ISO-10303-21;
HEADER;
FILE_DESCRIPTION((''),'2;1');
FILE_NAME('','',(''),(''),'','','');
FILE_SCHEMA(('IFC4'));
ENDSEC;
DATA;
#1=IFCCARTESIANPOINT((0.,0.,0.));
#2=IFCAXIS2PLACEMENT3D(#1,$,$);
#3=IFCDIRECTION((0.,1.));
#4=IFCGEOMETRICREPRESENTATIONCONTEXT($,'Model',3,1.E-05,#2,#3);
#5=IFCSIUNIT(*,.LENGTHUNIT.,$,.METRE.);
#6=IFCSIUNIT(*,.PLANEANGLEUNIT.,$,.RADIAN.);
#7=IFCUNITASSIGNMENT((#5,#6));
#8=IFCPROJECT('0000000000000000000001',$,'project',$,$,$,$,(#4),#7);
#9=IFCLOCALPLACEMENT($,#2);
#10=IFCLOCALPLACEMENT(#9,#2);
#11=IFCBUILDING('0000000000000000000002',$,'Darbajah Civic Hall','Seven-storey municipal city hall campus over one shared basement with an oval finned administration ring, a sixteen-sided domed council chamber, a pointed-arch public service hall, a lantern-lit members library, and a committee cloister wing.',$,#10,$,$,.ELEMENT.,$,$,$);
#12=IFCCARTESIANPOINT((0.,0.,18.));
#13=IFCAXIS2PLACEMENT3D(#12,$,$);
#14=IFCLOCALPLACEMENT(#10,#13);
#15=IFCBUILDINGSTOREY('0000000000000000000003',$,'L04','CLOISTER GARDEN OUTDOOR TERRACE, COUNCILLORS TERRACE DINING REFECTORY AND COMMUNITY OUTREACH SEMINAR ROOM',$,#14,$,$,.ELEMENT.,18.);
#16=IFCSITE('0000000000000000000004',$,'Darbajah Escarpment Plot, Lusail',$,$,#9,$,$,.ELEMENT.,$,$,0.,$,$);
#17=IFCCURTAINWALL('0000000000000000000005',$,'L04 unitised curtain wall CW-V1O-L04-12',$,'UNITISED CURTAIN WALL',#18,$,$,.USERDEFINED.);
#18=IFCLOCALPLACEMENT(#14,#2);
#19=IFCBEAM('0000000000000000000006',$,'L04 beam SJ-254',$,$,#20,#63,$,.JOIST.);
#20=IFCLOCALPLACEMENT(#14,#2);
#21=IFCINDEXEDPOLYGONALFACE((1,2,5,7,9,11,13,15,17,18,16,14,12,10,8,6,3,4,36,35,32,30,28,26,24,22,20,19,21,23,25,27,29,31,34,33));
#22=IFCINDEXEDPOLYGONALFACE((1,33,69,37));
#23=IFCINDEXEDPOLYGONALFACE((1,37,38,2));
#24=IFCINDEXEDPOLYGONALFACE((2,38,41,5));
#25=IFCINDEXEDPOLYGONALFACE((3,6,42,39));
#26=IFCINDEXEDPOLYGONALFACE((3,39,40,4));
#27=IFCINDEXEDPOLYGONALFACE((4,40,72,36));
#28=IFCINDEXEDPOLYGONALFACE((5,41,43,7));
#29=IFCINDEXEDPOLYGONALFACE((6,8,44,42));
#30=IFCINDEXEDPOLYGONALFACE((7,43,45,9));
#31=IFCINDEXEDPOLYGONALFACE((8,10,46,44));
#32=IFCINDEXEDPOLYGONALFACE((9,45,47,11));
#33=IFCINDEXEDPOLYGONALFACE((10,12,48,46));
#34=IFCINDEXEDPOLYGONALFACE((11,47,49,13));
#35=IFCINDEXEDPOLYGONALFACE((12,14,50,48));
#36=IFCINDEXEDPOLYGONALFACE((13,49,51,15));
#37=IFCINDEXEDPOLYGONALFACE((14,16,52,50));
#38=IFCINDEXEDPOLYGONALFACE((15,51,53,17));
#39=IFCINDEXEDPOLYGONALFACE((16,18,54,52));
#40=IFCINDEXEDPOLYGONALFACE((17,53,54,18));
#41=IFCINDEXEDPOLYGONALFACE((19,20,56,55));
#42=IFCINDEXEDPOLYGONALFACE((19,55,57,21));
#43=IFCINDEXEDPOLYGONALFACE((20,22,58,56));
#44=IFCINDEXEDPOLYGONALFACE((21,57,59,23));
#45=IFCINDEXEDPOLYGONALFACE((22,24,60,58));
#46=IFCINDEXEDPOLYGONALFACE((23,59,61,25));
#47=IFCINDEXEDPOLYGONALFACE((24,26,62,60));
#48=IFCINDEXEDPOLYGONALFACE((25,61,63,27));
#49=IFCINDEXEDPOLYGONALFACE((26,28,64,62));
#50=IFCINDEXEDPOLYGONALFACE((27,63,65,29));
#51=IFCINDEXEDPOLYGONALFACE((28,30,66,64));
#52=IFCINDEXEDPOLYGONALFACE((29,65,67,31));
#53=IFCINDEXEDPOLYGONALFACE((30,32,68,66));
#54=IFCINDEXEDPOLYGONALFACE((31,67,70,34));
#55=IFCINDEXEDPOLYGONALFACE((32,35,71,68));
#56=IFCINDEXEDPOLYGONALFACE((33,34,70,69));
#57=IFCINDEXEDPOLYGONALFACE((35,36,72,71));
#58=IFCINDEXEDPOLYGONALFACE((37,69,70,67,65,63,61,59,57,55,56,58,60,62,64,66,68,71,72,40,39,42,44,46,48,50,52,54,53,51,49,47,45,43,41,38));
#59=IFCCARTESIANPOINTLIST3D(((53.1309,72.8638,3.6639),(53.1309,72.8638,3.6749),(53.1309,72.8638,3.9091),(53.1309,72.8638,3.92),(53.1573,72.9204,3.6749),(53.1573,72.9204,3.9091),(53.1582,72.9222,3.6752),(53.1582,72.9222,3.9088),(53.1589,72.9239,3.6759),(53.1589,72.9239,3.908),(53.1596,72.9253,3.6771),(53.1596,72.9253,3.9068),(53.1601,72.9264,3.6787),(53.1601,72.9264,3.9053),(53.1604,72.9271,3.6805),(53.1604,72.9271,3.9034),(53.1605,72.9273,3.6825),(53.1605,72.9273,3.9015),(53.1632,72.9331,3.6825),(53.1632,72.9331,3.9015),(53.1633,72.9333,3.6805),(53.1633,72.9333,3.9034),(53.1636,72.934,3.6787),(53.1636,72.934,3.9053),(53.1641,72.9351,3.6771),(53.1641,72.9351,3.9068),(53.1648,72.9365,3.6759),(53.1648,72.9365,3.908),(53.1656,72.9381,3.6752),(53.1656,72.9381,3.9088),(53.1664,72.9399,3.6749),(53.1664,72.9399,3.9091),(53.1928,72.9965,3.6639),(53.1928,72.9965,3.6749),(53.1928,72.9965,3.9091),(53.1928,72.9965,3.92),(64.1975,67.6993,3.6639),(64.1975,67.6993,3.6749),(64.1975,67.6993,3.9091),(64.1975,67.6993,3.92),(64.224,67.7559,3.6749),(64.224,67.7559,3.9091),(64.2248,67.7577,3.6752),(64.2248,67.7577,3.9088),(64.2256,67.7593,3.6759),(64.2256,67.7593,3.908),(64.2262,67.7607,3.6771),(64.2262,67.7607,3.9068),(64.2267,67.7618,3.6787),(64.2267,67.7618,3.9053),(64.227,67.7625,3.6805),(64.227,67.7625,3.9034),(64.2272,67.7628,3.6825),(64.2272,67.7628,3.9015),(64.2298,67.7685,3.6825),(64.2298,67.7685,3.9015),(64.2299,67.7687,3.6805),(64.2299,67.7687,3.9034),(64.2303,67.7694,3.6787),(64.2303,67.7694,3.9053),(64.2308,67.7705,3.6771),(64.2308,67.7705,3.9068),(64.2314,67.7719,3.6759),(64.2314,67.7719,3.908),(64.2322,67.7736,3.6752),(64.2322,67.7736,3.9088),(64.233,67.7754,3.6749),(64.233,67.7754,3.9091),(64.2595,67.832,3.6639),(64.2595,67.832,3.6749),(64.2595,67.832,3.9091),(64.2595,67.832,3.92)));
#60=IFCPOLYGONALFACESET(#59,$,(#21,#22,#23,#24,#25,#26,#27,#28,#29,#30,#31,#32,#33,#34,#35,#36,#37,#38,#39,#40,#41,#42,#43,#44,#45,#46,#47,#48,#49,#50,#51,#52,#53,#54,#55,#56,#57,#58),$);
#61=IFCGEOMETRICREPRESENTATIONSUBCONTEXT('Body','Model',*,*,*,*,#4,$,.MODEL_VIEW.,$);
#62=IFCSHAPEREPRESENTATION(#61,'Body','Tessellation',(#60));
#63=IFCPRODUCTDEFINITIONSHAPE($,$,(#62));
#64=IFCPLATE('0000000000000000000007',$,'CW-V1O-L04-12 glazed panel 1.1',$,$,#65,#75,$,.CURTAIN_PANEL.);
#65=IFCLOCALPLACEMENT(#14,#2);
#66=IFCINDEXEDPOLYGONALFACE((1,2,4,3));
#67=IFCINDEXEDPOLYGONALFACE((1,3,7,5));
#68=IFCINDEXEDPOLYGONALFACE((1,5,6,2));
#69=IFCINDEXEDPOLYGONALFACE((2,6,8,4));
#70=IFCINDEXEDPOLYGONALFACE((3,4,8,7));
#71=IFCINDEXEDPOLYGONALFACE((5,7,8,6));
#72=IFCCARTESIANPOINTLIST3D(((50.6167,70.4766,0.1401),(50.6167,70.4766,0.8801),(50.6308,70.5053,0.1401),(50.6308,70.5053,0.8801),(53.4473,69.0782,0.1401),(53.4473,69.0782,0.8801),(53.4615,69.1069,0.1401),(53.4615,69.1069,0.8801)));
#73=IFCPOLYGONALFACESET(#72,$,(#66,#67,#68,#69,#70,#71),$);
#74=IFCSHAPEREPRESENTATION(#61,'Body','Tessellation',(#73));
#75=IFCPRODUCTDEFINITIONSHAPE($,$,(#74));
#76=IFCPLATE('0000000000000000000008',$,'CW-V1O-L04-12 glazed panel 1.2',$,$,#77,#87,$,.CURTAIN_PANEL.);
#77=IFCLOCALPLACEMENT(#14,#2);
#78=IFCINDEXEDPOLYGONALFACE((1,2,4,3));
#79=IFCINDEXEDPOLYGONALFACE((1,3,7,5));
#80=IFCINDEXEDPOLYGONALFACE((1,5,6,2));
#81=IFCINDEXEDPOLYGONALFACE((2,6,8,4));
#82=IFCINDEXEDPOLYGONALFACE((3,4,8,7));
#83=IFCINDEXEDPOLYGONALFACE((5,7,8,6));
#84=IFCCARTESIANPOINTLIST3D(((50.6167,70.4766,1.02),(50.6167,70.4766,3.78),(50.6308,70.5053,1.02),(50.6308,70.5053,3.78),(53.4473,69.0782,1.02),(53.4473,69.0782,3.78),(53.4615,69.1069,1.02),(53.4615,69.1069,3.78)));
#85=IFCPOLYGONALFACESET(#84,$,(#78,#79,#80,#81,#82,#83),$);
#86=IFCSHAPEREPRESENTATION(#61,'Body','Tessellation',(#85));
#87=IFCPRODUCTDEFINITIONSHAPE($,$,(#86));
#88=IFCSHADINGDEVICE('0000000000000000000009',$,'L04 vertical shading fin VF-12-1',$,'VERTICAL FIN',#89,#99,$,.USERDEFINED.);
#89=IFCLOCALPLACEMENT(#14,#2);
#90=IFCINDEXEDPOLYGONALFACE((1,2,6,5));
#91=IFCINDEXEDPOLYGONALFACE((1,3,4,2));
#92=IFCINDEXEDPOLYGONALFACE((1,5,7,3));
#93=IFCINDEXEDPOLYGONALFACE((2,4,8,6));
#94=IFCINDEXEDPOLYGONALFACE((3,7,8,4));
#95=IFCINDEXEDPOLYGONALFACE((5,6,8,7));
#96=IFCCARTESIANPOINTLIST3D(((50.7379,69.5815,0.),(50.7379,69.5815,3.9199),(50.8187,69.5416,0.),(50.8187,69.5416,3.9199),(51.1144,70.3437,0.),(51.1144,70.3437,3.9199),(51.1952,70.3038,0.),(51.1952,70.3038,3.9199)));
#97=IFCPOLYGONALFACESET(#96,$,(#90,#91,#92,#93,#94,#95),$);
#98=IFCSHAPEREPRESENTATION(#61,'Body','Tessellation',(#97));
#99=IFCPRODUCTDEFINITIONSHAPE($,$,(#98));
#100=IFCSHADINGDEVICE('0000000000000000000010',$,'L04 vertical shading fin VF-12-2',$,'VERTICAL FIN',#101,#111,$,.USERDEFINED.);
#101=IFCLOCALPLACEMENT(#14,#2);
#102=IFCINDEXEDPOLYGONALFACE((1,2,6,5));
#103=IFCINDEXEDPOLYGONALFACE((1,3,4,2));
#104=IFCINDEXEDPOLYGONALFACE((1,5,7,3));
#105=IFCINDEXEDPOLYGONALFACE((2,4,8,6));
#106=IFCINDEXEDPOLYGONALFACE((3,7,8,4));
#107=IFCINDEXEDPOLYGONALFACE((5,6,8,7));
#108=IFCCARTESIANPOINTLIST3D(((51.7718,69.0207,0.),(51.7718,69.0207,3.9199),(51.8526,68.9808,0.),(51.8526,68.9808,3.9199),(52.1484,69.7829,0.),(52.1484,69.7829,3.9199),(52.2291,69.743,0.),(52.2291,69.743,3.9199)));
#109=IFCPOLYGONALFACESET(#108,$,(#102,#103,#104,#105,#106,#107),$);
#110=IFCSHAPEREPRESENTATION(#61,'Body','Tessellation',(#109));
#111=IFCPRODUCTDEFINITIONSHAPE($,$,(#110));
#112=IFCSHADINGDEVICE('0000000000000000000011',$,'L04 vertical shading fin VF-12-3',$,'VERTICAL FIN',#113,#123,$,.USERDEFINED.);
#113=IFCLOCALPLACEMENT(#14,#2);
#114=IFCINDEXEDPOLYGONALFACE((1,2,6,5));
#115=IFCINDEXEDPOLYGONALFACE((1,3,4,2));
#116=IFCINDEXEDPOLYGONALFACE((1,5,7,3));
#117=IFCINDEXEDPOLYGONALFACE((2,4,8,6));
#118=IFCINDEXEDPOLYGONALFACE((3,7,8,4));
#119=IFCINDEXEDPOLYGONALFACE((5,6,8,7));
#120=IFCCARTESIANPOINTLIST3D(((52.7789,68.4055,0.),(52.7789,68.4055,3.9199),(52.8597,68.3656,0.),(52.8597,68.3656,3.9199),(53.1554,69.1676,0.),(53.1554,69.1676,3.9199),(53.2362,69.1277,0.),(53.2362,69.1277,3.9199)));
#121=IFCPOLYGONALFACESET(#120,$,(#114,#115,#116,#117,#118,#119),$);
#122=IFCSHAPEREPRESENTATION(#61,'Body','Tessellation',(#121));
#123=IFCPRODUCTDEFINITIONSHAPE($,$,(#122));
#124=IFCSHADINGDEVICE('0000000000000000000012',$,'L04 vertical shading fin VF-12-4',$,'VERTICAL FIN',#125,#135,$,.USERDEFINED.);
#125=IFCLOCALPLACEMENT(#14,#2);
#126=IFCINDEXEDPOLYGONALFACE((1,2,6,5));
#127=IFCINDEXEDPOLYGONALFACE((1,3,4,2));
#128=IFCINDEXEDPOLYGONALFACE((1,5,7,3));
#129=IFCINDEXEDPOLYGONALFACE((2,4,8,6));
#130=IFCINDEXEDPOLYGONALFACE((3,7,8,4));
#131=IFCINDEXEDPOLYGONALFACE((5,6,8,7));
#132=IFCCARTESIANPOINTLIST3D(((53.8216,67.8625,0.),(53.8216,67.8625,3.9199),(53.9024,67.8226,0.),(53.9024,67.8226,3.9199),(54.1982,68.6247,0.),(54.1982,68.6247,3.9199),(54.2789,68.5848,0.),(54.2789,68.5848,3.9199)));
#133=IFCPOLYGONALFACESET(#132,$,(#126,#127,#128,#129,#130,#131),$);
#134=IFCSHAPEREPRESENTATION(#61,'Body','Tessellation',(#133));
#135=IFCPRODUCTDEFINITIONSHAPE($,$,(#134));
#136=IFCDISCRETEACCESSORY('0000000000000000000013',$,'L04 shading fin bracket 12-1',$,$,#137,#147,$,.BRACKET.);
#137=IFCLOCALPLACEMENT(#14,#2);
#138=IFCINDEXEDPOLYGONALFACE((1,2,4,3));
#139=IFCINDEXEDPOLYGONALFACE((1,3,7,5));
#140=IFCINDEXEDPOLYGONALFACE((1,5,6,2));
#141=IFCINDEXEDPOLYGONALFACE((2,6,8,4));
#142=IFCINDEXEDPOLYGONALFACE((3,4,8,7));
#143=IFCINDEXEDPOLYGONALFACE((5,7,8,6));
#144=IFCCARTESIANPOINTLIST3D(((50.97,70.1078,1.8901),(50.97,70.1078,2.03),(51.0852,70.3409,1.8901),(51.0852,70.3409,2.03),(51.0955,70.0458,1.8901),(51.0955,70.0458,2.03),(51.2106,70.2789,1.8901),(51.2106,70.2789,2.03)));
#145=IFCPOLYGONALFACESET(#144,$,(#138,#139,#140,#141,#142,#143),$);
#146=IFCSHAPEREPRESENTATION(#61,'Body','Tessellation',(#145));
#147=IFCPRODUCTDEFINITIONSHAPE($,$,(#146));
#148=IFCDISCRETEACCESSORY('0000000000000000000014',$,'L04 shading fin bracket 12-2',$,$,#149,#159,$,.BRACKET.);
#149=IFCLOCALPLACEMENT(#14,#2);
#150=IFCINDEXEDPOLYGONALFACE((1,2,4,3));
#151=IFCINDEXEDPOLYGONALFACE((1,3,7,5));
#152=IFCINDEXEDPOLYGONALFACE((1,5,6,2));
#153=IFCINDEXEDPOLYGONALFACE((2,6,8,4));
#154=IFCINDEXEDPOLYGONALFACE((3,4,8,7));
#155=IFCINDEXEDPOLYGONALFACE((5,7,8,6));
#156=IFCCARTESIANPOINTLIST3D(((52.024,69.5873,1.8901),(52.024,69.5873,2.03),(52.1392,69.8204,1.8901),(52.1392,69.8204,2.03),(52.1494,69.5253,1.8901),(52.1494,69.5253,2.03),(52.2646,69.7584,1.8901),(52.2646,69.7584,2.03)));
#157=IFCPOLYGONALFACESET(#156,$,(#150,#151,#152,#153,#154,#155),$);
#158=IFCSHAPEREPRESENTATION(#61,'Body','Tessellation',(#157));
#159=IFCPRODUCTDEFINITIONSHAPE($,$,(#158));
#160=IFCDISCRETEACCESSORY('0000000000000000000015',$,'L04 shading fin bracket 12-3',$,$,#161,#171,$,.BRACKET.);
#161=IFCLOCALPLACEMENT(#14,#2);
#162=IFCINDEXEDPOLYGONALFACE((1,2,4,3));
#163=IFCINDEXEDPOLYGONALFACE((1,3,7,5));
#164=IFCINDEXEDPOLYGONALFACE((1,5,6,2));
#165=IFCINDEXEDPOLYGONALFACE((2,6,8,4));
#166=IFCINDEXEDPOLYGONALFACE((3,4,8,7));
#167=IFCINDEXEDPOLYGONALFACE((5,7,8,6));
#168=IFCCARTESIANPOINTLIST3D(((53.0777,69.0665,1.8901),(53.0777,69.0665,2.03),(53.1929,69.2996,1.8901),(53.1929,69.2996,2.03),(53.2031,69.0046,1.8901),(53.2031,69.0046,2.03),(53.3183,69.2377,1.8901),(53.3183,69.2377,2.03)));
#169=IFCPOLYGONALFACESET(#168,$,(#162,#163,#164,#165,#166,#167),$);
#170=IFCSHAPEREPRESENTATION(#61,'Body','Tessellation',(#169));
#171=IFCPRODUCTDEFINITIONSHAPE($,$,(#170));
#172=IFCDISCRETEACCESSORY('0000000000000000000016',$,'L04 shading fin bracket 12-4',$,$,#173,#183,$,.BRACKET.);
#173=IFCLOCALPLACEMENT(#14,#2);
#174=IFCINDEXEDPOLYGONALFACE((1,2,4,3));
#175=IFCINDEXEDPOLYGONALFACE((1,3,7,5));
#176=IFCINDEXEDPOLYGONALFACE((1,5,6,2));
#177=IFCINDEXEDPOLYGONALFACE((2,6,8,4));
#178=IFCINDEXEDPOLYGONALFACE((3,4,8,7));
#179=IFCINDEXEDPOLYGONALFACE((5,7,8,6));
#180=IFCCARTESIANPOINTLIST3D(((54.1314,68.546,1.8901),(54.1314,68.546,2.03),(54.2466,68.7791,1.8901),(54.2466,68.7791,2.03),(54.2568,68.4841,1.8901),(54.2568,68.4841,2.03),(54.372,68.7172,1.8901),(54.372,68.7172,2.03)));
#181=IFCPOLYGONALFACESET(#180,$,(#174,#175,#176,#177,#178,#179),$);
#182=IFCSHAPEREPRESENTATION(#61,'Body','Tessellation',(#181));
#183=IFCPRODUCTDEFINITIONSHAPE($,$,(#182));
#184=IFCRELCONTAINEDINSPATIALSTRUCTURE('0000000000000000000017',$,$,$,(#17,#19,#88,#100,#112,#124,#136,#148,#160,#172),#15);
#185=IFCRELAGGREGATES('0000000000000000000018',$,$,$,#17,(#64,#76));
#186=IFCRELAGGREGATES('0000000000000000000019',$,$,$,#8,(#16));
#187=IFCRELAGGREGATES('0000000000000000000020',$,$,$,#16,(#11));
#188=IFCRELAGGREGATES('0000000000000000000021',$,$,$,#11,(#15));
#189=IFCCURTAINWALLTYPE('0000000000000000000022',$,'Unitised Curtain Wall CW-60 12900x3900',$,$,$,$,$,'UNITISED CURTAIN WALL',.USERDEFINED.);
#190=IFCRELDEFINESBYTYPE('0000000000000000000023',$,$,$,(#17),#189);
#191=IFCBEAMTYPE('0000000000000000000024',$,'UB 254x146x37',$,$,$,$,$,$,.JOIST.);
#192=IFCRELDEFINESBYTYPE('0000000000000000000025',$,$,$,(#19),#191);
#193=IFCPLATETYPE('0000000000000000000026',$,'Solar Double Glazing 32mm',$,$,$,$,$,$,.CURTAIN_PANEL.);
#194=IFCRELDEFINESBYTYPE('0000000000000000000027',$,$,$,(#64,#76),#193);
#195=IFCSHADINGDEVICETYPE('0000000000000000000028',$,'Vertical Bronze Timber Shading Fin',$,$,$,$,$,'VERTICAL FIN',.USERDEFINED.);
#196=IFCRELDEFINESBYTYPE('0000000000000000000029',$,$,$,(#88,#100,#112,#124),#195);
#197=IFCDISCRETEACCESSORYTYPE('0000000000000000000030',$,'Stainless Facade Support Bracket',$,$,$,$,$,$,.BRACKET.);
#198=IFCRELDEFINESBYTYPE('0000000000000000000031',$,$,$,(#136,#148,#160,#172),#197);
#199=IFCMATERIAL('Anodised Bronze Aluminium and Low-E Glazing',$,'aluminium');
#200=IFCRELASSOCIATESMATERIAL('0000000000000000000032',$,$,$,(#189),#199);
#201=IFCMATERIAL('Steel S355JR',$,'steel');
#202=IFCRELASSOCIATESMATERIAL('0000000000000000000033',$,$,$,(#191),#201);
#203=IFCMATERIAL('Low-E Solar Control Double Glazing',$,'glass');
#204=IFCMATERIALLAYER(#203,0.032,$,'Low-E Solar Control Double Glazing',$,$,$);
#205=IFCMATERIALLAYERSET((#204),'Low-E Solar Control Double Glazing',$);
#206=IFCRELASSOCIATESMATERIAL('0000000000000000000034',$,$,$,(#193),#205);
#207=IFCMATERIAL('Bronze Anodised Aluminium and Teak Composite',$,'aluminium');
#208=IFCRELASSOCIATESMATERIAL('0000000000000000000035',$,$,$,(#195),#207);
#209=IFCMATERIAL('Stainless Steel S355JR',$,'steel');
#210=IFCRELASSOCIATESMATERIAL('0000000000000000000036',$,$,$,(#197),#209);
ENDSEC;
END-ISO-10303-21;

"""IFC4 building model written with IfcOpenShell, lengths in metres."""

from ifc_helpers import new_model, si_unit, direction, frame, origin, origin_2d, place, context, subcontext, project, spatial, rectangle, i_section, extrude, material, layer, layer_set, material_profile, profile_set, type_object, element, aggregate, save


model = new_model("IFC4")

# Units and contexts
model_context = context("Model", 3, precision=1e-05, world=origin(), true_north=direction((0.0, 1.0)))
body_context = subcontext(model_context, "Body", "Model", "MODEL_VIEW")
ifc_project = project(units=[si_unit("LENGTHUNIT", "METRE"), si_unit("PLANEANGLEUNIT", "RADIAN")], contexts=[model_context])

# Site, building, storey
site_placement = place(None, origin())
site = spatial("IfcSite", under=ifc_project, at=site_placement, Name="Darbajah Escarpment Plot, Lusail", CompositionType="ELEMENT", RefElevation=0.0)
building_placement = place(site_placement, origin())
building = spatial("IfcBuilding", under=site, at=building_placement, Name="Darbajah Civic Hall", Description="Seven-storey municipal city hall campus over one shared basement with an oval finned administration ring, a sixteen-sided domed council chamber, a pointed-arch public service hall, a lantern-lit members library, and a committee cloister wing.", CompositionType="ELEMENT")
storey_placement = place(building_placement, frame((0.0, 0.0, 18.0)))
storey = spatial("IfcBuildingStorey", under=building, at=storey_placement, Name="L04", Description="CLOISTER GARDEN OUTDOOR TERRACE, COUNCILLORS TERRACE DINING REFECTORY AND COMMUNITY OUTREACH SEMINAR ROOM", CompositionType="ELEMENT", Elevation=18.0)

# Curtain wall
ifc_material_1 = material(Name="Anodised Bronze Aluminium and Low-E Glazing", Category="aluminium")
curtain_wall_type = type_object("IfcCurtainWallType", Name="Unitised Curtain Wall CW-60 12900x3900", ElementType="UNITISED CURTAIN WALL", PredefinedType="USERDEFINED", material=ifc_material_1)
curtain_wall_placement = place(storey_placement, origin())
curtain_wall = element("IfcCurtainWall", 1, at=curtain_wall_placement, inside=storey, type_object=curtain_wall_type, Name="L04 unitised curtain wall CW-V1O-L04-12", ObjectType="UNITISED CURTAIN WALL", PredefinedType="USERDEFINED")

# Beam
ifc_material_2 = material(Name="Steel S355JR", Category="steel")
ifc_material_profile_1 = material_profile(ifc_material_2, i_section(OverallWidth=0.1465, OverallDepth=0.2561, WebThickness=0.0063, FlangeThickness=0.011, FilletRadius=0.0076, at=origin_2d()), Name="UB 254x146x37")
ifc_profile_set_1 = profile_set([ifc_material_profile_1], Name="Steel S355JR")
beam_type_1 = type_object("IfcBeamType", Name="UB 254x146x37", PredefinedType="JOIST", material=ifc_profile_set_1)
beam_1_placement = place(storey_placement, frame((53.1619, 72.9302, 3.792), z_axis=(0.90618, -0.422893, 0.0), x_axis=(0.422893, 0.90618, 0.0)))
element("IfcBeam", 2, at=beam_1_placement, inside=storey, type_object=beam_type_1, Name="L04 beam SJ-254", PredefinedType="JOIST", context=body_context, shape_type="SweptSolid", body=[
    extrude(i_section(OverallWidth=0.1465, OverallDepth=0.2561, WebThickness=0.0063, FlangeThickness=0.011, FilletRadius=0.0076, at=origin_2d()), origin(), (0.0, 0.0, 1.0), 12.2124),
])

# Plates
ifc_material_3 = material(Name="Low-E Solar Control Double Glazing", Category="glass")
ifc_layer = layer(ifc_material_3, 0.032, Name="Low-E Solar Control Double Glazing")
ifc_layer_set = layer_set([ifc_layer], Name="Low-E Solar Control Double Glazing")
plate_type = type_object("IfcPlateType", Name="Solar Double Glazing 32mm", PredefinedType="CURTAIN_PANEL", material=ifc_layer_set)
plate_1_placement = place(storey_placement, frame((52.0391, 69.7917, 0.1401), z_axis=(0.0, 0.0, 1.0), x_axis=(0.896564, -0.442915, 0.0)))
plate_1 = element("IfcPlate", 3, at=plate_1_placement, type_object=plate_type, Name="CW-V1O-L04-12 glazed panel 1.1", PredefinedType="CURTAIN_PANEL", context=body_context, shape_type="SweptSolid", body=[
    extrude(rectangle(XDim=3.1572, YDim=0.032, at=origin_2d()), origin(), (0.0, 0.0, 1.0), 0.74),
])
plate_2_placement = place(storey_placement, frame((52.0391, 69.7917, 1.02), z_axis=(0.0, 0.0, 1.0), x_axis=(0.896564, -0.442915, 0.0)))
plate_2 = element("IfcPlate", 4, at=plate_2_placement, type_object=plate_type, Name="CW-V1O-L04-12 glazed panel 1.2", PredefinedType="CURTAIN_PANEL", context=body_context, shape_type="SweptSolid", body=[
    extrude(rectangle(XDim=3.1572, YDim=0.032, at=origin_2d()), origin(), (0.0, 0.0, 1.0), 2.76),
])
aggregate(curtain_wall, [plate_1, plate_2])

# Shading devices
ifc_material_4 = material(Name="Bronze Anodised Aluminium and Teak Composite", Category="aluminium")
shading_device_type = type_object("IfcShadingDeviceType", Name="Vertical Bronze Timber Shading Fin", ElementType="VERTICAL FIN", PredefinedType="USERDEFINED", material=ifc_material_4)
for number, where, z_axis, x_axis, name in (
    (5, (50.9666, 69.9426, 0.0), (0.0, 0.0, 1.0), (-0.442915, -0.896564, 0.0), "L04 vertical shading fin VF-12-1"),
    (6, (52.0005, 69.3818, 0.0), (0.0, 0.0, 1.0), (-0.442915, -0.896564, 0.0), "L04 vertical shading fin VF-12-2"),
    (7, (53.0076, 68.7666, 0.0), (0.0, 0.0, 1.0), (-0.442915, -0.896564, 0.0), "L04 vertical shading fin VF-12-3"),
    (8, (54.0503, 68.2236, 0.0), (0.0, 0.0, 1.0), (-0.442915, -0.896564, 0.0), "L04 vertical shading fin VF-12-4"),
):
    element("IfcShadingDevice", number, at=place(storey_placement, frame(where, z_axis=z_axis, x_axis=x_axis)), inside=storey, type_object=shading_device_type, Name=name, ObjectType="VERTICAL FIN", PredefinedType="USERDEFINED", context=body_context, shape_type="SweptSolid", body=[
        extrude(rectangle(XDim=0.8501, YDim=0.0901, at=origin_2d()), origin(), (0.0, 0.0, 1.0), 3.9199),
    ])

# Discrete accessories
ifc_material_5 = material(Name="Stainless Steel S355JR", Category="steel")
discrete_accessory_type = type_object("IfcDiscreteAccessoryType", Name="Stainless Facade Support Bracket", PredefinedType="BRACKET", material=ifc_material_5)
for number, where, z_axis, x_axis, name in (
    (9, (51.0903, 70.1934, 1.8901), (0.0, 0.0, 1.0), (-0.442915, -0.896564, 0.0), "L04 shading fin bracket 12-1"),
    (10, (52.1443, 69.6729, 1.8901), (0.0, 0.0, 1.0), (-0.442915, -0.896564, 0.0), "L04 shading fin bracket 12-2"),
    (11, (53.198, 69.1521, 1.8901), (0.0, 0.0, 1.0), (-0.442915, -0.896564, 0.0), "L04 shading fin bracket 12-3"),
    (12, (54.2517, 68.6316, 1.8901), (0.0, 0.0, 1.0), (-0.442915, -0.896564, 0.0), "L04 shading fin bracket 12-4"),
):
    element("IfcDiscreteAccessory", number, at=place(storey_placement, frame(where, z_axis=z_axis, x_axis=x_axis)), inside=storey, type_object=discrete_accessory_type, Name=name, PredefinedType="BRACKET", context=body_context, shape_type="SweptSolid", body=[
        extrude(rectangle(XDim=0.26, YDim=0.1399, at=origin_2d()), origin(), (0.0, 0.0, 1.0), 0.1399),
    ])

save(model, "model.ifc")
